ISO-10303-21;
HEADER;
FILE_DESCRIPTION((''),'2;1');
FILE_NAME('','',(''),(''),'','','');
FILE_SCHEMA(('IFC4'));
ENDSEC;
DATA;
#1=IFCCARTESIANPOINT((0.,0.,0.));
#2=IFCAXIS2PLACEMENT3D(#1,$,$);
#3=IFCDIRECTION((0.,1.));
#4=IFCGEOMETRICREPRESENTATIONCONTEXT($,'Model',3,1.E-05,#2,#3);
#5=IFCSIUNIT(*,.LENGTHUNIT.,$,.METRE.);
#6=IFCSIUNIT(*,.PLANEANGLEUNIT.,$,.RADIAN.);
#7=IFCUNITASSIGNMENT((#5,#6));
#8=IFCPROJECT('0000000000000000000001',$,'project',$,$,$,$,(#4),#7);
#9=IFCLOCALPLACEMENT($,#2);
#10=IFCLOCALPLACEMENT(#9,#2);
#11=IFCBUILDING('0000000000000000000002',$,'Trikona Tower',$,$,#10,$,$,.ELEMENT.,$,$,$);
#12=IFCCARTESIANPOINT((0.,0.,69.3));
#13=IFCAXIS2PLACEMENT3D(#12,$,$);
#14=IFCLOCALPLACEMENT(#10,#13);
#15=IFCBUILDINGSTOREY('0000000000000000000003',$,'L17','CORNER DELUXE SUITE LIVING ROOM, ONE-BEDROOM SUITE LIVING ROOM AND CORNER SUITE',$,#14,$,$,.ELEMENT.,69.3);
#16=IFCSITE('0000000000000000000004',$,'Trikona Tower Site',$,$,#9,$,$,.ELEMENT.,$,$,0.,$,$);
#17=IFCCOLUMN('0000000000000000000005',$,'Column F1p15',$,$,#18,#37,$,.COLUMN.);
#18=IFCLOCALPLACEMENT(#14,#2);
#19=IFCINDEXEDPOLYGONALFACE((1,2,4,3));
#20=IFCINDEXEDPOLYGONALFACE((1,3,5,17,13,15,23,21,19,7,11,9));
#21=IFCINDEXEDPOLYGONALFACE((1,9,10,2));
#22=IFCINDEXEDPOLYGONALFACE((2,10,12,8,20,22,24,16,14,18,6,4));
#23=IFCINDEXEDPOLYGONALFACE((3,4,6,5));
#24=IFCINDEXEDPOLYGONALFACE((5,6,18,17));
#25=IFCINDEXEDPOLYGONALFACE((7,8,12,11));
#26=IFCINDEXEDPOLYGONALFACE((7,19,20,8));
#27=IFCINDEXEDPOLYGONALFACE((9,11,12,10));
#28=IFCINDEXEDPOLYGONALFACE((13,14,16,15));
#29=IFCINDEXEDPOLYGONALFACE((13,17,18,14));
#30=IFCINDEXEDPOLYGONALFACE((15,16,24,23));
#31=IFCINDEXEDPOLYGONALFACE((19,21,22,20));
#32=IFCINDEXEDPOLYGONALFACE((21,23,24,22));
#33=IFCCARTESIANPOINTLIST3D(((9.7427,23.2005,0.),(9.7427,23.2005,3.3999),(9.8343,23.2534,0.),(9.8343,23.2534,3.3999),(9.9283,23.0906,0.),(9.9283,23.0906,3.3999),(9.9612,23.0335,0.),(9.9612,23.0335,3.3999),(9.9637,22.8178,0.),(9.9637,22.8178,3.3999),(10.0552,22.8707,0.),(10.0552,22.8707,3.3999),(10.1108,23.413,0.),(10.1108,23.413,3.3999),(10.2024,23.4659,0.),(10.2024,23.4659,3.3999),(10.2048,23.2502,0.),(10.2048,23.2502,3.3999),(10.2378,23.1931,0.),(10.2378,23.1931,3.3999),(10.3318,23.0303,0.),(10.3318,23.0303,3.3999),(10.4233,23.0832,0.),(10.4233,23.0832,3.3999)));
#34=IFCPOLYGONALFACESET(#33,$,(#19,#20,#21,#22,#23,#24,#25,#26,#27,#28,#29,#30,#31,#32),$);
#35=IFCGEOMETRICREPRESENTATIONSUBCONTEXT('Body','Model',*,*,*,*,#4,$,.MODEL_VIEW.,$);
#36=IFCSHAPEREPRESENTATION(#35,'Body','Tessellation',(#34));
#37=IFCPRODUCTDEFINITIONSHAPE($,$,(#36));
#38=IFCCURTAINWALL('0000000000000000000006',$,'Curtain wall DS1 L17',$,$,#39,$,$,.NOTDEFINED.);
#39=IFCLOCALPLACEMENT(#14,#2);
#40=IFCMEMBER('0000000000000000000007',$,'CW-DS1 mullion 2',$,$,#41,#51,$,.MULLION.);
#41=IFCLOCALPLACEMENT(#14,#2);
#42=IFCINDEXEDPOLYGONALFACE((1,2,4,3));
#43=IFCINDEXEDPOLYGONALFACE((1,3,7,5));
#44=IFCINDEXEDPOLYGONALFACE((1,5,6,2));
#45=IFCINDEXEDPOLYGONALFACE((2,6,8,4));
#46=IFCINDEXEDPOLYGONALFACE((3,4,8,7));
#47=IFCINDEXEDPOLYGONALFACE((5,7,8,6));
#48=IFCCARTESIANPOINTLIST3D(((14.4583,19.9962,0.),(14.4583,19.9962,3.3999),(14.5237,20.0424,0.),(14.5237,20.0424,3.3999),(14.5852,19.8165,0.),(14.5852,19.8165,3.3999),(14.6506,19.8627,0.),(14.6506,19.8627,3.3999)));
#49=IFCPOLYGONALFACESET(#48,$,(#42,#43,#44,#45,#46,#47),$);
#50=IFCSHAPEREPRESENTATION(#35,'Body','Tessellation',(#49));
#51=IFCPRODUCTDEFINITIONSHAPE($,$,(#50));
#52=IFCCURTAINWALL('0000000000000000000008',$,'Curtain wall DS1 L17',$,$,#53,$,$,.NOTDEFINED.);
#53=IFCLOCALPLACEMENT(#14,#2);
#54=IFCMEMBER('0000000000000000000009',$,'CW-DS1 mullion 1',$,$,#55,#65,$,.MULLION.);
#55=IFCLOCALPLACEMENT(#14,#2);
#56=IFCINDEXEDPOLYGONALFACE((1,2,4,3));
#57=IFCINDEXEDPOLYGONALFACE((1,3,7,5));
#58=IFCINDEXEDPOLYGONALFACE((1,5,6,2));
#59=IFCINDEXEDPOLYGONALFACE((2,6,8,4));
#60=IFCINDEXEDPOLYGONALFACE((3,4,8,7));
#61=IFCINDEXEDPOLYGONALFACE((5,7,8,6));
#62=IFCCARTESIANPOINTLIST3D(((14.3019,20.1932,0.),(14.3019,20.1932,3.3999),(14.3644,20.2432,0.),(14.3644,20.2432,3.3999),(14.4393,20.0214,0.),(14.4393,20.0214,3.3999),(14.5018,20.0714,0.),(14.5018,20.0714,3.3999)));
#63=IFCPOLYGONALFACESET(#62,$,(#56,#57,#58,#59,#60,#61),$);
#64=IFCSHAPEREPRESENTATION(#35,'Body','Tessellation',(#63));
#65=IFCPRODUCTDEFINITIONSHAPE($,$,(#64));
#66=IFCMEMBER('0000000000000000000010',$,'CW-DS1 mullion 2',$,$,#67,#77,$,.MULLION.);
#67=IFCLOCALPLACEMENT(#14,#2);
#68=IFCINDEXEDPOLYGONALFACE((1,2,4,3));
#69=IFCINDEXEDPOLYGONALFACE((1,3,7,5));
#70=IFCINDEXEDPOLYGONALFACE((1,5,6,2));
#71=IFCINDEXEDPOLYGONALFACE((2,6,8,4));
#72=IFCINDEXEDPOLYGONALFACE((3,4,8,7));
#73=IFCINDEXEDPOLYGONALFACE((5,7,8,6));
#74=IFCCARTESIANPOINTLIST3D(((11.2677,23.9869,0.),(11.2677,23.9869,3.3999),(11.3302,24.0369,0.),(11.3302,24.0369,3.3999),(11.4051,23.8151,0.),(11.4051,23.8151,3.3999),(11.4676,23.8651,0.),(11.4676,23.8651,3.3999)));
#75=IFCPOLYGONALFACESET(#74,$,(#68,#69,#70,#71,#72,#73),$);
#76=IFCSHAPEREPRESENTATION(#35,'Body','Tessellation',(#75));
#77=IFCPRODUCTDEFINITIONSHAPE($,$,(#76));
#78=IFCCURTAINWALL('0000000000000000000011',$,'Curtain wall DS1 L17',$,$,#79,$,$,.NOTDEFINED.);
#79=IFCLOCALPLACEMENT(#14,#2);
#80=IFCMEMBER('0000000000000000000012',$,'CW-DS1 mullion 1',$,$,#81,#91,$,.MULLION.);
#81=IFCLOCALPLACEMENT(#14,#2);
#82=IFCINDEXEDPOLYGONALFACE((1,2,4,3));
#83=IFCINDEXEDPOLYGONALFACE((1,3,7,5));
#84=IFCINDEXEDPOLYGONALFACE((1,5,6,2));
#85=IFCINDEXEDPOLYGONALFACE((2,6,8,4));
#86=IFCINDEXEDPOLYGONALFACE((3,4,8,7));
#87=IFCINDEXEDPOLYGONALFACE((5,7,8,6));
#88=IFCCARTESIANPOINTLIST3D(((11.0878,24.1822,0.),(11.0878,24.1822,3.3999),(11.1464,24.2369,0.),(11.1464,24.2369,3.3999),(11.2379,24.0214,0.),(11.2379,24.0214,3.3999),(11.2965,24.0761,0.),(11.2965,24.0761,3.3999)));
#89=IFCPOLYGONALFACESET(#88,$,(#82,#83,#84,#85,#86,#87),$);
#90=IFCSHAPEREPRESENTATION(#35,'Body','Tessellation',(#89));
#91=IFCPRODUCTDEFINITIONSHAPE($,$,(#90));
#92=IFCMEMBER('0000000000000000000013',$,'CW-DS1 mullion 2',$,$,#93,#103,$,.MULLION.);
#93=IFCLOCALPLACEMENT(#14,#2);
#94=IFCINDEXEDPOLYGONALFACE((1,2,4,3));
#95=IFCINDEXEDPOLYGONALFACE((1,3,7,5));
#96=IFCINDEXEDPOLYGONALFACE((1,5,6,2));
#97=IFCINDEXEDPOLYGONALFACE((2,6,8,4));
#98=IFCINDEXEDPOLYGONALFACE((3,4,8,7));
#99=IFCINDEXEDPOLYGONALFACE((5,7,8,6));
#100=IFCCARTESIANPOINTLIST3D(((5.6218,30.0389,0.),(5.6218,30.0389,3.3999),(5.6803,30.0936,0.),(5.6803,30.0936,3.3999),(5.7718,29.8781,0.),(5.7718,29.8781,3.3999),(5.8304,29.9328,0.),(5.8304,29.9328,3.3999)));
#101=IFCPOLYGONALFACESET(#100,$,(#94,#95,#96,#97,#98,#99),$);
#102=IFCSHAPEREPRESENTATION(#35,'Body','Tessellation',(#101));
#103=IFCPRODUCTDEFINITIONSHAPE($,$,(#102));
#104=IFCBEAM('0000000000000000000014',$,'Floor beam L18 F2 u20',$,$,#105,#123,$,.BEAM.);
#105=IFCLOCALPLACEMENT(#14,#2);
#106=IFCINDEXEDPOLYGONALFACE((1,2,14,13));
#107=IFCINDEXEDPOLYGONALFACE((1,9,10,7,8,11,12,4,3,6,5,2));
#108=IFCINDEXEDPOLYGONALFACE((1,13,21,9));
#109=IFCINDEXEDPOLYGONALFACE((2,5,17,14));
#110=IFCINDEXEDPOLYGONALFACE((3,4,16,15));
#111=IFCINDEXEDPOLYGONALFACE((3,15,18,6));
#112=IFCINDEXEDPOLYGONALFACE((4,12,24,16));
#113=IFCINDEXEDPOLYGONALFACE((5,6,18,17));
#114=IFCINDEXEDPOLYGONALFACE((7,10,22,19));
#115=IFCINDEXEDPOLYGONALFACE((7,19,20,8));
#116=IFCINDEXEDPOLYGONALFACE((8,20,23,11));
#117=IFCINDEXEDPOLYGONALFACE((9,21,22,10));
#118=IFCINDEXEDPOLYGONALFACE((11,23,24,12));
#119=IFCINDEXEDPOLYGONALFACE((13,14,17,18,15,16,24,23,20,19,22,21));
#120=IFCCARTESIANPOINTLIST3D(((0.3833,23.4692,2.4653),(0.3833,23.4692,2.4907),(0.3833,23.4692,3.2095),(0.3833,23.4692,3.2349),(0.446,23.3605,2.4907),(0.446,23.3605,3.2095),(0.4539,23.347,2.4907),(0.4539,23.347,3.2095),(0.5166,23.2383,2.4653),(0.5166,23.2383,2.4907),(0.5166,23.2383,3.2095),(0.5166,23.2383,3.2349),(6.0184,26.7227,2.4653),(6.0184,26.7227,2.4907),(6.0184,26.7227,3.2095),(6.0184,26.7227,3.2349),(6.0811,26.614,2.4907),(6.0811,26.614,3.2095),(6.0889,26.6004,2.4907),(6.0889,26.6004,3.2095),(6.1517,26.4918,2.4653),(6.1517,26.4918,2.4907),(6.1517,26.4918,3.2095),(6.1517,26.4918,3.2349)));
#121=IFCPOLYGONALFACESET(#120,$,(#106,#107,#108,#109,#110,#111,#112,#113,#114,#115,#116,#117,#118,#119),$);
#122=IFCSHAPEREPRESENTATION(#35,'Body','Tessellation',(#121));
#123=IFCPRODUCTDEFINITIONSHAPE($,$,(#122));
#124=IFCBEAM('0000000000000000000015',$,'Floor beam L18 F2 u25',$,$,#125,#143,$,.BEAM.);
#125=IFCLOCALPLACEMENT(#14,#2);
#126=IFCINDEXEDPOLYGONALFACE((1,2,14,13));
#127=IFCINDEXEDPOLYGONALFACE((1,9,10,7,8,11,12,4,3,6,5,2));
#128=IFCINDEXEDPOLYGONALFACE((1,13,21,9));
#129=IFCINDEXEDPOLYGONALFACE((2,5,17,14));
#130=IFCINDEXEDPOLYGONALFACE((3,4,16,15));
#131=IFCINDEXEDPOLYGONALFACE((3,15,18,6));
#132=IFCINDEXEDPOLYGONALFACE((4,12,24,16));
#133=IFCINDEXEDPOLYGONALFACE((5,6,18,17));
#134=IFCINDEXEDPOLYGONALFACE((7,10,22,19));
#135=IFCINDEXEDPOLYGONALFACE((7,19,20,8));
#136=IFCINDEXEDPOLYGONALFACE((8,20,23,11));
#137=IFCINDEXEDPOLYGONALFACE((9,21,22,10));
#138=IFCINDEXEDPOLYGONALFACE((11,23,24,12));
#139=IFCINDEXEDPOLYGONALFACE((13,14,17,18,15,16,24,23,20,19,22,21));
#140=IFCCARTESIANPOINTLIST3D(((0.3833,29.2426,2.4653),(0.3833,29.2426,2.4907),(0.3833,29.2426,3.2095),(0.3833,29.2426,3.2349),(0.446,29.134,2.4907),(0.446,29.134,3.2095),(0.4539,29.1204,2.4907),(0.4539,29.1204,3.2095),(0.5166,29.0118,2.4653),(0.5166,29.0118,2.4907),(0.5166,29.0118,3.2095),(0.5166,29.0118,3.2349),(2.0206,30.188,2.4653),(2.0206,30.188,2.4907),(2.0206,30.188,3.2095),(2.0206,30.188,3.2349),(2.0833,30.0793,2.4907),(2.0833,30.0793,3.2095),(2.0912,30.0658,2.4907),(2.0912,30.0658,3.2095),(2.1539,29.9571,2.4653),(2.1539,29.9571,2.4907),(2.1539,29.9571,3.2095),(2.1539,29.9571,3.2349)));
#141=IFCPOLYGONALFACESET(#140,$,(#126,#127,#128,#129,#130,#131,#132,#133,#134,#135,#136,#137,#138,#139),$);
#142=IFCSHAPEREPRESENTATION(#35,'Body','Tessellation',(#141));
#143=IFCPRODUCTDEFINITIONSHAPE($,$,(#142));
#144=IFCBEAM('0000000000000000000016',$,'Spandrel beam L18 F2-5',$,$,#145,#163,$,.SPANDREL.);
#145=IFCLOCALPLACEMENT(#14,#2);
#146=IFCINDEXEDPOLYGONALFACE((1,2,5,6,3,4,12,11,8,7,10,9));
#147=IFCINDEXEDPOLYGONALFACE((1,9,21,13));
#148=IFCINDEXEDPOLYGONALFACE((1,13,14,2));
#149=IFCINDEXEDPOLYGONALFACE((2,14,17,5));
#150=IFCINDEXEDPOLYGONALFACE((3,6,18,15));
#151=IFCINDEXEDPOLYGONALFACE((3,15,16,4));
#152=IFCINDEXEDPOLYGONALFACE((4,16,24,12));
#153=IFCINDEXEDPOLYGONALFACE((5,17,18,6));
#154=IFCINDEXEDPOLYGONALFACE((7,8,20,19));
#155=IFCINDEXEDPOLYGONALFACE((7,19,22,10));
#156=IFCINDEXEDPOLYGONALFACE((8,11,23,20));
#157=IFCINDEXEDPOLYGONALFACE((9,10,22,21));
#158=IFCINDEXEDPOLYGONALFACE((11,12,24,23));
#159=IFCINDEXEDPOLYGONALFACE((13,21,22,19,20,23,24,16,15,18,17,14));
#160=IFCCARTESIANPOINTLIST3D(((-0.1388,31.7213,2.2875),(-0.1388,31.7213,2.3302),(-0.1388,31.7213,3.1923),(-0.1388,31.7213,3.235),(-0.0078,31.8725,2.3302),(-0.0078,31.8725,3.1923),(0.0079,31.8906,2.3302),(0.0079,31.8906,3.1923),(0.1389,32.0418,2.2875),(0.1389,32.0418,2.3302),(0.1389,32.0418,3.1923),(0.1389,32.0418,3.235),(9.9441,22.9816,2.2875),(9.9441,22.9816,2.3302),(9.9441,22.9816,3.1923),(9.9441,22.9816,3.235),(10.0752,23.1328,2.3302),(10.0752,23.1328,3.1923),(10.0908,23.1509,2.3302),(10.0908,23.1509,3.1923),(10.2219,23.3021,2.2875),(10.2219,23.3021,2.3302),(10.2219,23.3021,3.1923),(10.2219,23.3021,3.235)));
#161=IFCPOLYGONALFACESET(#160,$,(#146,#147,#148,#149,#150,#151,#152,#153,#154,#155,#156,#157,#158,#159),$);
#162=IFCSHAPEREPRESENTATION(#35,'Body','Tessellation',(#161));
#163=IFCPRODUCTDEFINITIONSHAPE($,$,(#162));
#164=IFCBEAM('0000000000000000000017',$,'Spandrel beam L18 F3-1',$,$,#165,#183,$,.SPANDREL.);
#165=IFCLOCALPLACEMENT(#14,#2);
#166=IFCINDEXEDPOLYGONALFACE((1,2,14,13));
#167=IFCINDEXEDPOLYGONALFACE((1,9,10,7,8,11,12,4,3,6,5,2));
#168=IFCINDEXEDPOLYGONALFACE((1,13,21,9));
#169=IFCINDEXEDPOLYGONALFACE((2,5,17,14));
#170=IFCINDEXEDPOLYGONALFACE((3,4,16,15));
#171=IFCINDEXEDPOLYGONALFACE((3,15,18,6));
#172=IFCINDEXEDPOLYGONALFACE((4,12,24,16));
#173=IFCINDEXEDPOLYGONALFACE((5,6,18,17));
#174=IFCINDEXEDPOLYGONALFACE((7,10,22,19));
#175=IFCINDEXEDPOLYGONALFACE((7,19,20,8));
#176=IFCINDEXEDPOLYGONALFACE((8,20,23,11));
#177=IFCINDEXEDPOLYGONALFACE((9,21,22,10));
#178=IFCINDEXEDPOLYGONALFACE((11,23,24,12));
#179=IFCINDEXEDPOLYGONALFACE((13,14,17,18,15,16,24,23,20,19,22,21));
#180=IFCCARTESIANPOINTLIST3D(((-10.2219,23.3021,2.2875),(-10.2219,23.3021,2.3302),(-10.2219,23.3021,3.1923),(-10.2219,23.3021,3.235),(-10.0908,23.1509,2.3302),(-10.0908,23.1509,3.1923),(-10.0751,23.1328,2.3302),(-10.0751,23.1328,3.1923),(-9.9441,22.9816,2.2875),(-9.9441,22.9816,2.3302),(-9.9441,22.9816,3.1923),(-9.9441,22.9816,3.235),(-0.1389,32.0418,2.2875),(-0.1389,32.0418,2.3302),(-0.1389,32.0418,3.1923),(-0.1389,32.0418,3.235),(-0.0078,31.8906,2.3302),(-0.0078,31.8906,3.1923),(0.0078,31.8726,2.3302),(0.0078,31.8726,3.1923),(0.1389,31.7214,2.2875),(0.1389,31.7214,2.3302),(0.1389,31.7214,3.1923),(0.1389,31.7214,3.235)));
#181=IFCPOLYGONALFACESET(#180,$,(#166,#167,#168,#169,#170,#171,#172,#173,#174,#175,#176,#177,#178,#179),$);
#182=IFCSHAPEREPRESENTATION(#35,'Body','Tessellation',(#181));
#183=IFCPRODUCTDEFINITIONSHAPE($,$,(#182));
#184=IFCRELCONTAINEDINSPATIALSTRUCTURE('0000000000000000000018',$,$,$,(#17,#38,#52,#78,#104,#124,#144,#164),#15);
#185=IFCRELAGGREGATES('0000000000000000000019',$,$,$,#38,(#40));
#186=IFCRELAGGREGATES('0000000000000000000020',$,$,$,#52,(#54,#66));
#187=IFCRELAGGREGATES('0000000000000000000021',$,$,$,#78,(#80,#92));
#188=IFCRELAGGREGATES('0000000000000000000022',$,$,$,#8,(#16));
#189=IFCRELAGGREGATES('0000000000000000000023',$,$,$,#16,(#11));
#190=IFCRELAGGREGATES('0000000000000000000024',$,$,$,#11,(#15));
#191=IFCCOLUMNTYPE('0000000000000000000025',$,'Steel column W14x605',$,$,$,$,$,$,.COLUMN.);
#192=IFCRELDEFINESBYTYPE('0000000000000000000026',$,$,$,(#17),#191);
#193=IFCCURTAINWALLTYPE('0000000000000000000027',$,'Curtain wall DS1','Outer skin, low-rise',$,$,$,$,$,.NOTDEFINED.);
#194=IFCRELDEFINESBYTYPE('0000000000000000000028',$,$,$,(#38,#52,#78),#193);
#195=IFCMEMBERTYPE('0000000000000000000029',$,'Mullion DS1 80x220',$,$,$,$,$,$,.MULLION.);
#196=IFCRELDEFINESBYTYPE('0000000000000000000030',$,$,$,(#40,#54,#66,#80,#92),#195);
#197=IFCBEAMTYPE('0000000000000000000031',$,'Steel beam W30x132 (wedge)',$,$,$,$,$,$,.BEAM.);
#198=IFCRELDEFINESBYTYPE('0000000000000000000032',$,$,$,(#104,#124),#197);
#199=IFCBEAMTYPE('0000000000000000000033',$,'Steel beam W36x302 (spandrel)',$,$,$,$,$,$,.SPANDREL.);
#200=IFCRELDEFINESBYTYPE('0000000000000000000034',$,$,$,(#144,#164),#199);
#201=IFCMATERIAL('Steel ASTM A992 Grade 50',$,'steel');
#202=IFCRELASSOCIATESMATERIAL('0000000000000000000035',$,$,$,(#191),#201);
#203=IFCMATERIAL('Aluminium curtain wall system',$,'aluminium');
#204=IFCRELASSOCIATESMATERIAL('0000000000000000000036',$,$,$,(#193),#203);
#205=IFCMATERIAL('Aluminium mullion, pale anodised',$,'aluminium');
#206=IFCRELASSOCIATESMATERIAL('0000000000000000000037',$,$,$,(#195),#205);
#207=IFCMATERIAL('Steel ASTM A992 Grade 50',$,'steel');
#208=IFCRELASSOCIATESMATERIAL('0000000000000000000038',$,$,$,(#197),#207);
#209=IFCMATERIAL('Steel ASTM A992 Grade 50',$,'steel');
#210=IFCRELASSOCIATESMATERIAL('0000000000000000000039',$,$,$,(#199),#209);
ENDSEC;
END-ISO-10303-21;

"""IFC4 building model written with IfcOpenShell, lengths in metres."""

from ifc_helpers import new_model, si_unit, direction, frame, origin, origin_2d, place, context, subcontext, project, spatial, rectangle, i_section, extrude, material, material_profile, profile_set, type_object, element, aggregate, save


model = new_model("IFC4")

# Units and contexts
model_context = context("Model", 3, precision=1e-05, world=origin(), true_north=direction((0.0, 1.0)))
body_context = subcontext(model_context, "Body", "Model", "MODEL_VIEW")
ifc_project = project(units=[si_unit("LENGTHUNIT", "METRE"), si_unit("PLANEANGLEUNIT", "RADIAN")], contexts=[model_context])

# Site, building, storey
site_placement = place(None, origin())
site = spatial("IfcSite", under=ifc_project, at=site_placement, Name="Trikona Tower Site", CompositionType="ELEMENT", RefElevation=0.0)
building_placement = place(site_placement, origin())
building = spatial("IfcBuilding", under=site, at=building_placement, Name="Trikona Tower", CompositionType="ELEMENT")
storey_placement = place(building_placement, frame((0.0, 0.0, 69.3)))
storey = spatial("IfcBuildingStorey", under=building, at=storey_placement, Name="L17", Description="CORNER DELUXE SUITE LIVING ROOM, ONE-BEDROOM SUITE LIVING ROOM AND CORNER SUITE", CompositionType="ELEMENT", Elevation=69.3)

# Column
ifc_material_1 = material(Name="Steel ASTM A992 Grade 50", Category="steel")
ifc_material_profile_1 = material_profile(ifc_material_1, i_section(OverallWidth=0.4419, OverallDepth=0.5308, WebThickness=0.0659, FlangeThickness=0.1057, at=origin_2d()), Name="W14X605")
ifc_profile_set_1 = profile_set([ifc_material_profile_1], Name="Steel ASTM A992 Grade 50")
column_type = type_object("IfcColumnType", Name="Steel column W14x605", PredefinedType="COLUMN", material=ifc_profile_set_1)
column_placement = place(storey_placement, frame((10.083, 23.1418, 0.0), z_axis=(0.0, 0.0, 1.0), x_axis=(-0.5, 0.866025, 0.0)))
element("IfcColumn", 1, at=column_placement, inside=storey, type_object=column_type, Name="Column F1p15", PredefinedType="COLUMN", context=body_context, shape_type="SweptSolid", body=[
    extrude(i_section(OverallWidth=0.4419, OverallDepth=0.5308, WebThickness=0.0659, FlangeThickness=0.1057, at=origin_2d()), origin(), (0.0, 0.0, 1.0), 3.3999),
])

# Curtain wall, member
ifc_material_2 = material(Name="Aluminium curtain wall system", Category="aluminium")
curtain_wall_type = type_object("IfcCurtainWallType", Name="Curtain wall DS1", Description="Outer skin, low-rise", PredefinedType="NOTDEFINED", material=ifc_material_2)
curtain_wall_1_placement = place(storey_placement, origin())
curtain_wall_1 = element("IfcCurtainWall", 2, at=curtain_wall_1_placement, inside=storey, type_object=curtain_wall_type, Name="Curtain wall DS1 L17", PredefinedType="NOTDEFINED")
ifc_material_3 = material(Name="Aluminium mullion, pale anodised", Category="aluminium")
ifc_material_profile_2 = material_profile(ifc_material_3, rectangle(XDim=0.0801, YDim=0.22, at=origin_2d()), Name="MUL-DS1")
ifc_profile_set_2 = profile_set([ifc_material_profile_2], Name="Aluminium mullion, pale anodised")
member_type_1 = type_object("IfcMemberType", Name="Mullion DS1 80x220", PredefinedType="MULLION", material=ifc_profile_set_2)
member_1_placement = place(storey_placement, frame((14.5544, 19.9294, 0.0), z_axis=(0.0, 0.0, 1.0), x_axis=(-0.816985, -0.576658, 0.0)))
member_1 = element("IfcMember", 3, at=member_1_placement, type_object=member_type_1, Name="CW-DS1 mullion 2", PredefinedType="MULLION", context=body_context, shape_type="SweptSolid", body=[
    extrude(rectangle(XDim=0.0801, YDim=0.22, at=origin_2d()), origin(), (0.0, 0.0, 1.0), 3.3999),
])
aggregate(curtain_wall_1, [member_1])

# Curtain walls, members
curtain_wall_2_placement = place(storey_placement, origin())
curtain_wall_2 = element("IfcCurtainWall", 4, at=curtain_wall_2_placement, inside=storey, type_object=curtain_wall_type, Name="Curtain wall DS1 L17", PredefinedType="NOTDEFINED")
member_2_placement = place(storey_placement, frame((14.4019, 20.1323, 0.0), z_axis=(0.0, 0.0, 1.0), x_axis=(-0.780938, -0.624609, 0.0)))
member_2 = element("IfcMember", 5, at=member_2_placement, type_object=member_type_1, Name="CW-DS1 mullion 1", PredefinedType="MULLION", context=body_context, shape_type="SweptSolid", body=[
    extrude(rectangle(XDim=0.0801, YDim=0.22, at=origin_2d()), origin(), (0.0, 0.0, 1.0), 3.3999),
])
member_3_placement = place(storey_placement, frame((11.3677, 23.926, 0.0), z_axis=(0.0, 0.0, 1.0), x_axis=(-0.780938, -0.624609, 0.0)))
member_3 = element("IfcMember", 6, at=member_3_placement, type_object=member_type_1, Name="CW-DS1 mullion 2", PredefinedType="MULLION", context=body_context, shape_type="SweptSolid", body=[
    extrude(rectangle(XDim=0.0801, YDim=0.22, at=origin_2d()), origin(), (0.0, 0.0, 1.0), 3.3999),
])
curtain_wall_3_placement = place(storey_placement, origin())
curtain_wall_3 = element("IfcCurtainWall", 7, at=curtain_wall_3_placement, inside=storey, type_object=curtain_wall_type, Name="Curtain wall DS1 L17", PredefinedType="NOTDEFINED")
member_4_placement = place(storey_placement, frame((11.1921, 24.1292, 0.0), z_axis=(0.0, 0.0, 1.0), x_axis=(-0.731077, -0.682295, 0.0)))
member_4 = element("IfcMember", 8, at=member_4_placement, type_object=member_type_1, Name="CW-DS1 mullion 1", PredefinedType="MULLION", context=body_context, shape_type="SweptSolid", body=[
    extrude(rectangle(XDim=0.0801, YDim=0.22, at=origin_2d()), origin(), (0.0, 0.0, 1.0), 3.3999),
])
member_5_placement = place(storey_placement, frame((5.7261, 29.9858, 0.0), z_axis=(0.0, 0.0, 1.0), x_axis=(-0.731077, -0.682295, 0.0)))
member_5 = element("IfcMember", 9, at=member_5_placement, type_object=member_type_1, Name="CW-DS1 mullion 2", PredefinedType="MULLION", context=body_context, shape_type="SweptSolid", body=[
    extrude(rectangle(XDim=0.0801, YDim=0.22, at=origin_2d()), origin(), (0.0, 0.0, 1.0), 3.3999),
])

# Beams
ifc_material_4 = material(Name="Steel ASTM A992 Grade 50", Category="steel")
ifc_material_profile_3 = material_profile(ifc_material_4, i_section(OverallWidth=0.2666, OverallDepth=0.7695, WebThickness=0.0156, FlangeThickness=0.0254, at=origin_2d()), Name="W30X132")
ifc_profile_set_3 = profile_set([ifc_material_profile_3], Name="Steel ASTM A992 Grade 50")
beam_type_1 = type_object("IfcBeamType", Name="Steel beam W30x132 (wedge)", PredefinedType="BEAM", material=ifc_profile_set_3)
beam_1_placement = place(storey_placement, frame((0.45, 23.3538, 2.8501), z_axis=(0.866023, 0.500005, 0.0), x_axis=(-0.500005, 0.866023, 0.0)))
element("IfcBeam", 10, at=beam_1_placement, inside=storey, type_object=beam_type_1, Name="Floor beam L18 F2 u20", PredefinedType="BEAM", context=body_context, shape_type="SweptSolid", body=[
    extrude(i_section(OverallWidth=0.2666, OverallDepth=0.7695, WebThickness=0.0156, FlangeThickness=0.0254, at=origin_2d()), origin(), (0.0, 0.0, 1.0), 6.5068),
])
beam_2_placement = place(storey_placement, frame((0.45, 29.1272, 2.8501), z_axis=(0.866009, 0.500028, 0.0), x_axis=(-0.500028, 0.866009, 0.0)))
element("IfcBeam", 11, at=beam_2_placement, inside=storey, type_object=beam_type_1, Name="Floor beam L18 F2 u25", PredefinedType="BEAM", context=body_context, shape_type="SweptSolid", body=[
    extrude(i_section(OverallWidth=0.2666, OverallDepth=0.7695, WebThickness=0.0156, FlangeThickness=0.0254, at=origin_2d()), origin(), (0.0, 0.0, 1.0), 1.8906),
])
ifc_material_5 = material(Name="Steel ASTM A992 Grade 50", Category="steel")
ifc_material_profile_4 = material_profile(ifc_material_5, i_section(OverallWidth=0.4241, OverallDepth=0.9475, WebThickness=0.0239, FlangeThickness=0.0427, at=origin_2d()), Name="W36X302")
ifc_profile_set_4 = profile_set([ifc_material_profile_4], Name="Steel ASTM A992 Grade 50")
beam_type_2 = type_object("IfcBeamType", Name="Steel beam W36x302 (spandrel)", PredefinedType="SPANDREL", material=ifc_profile_set_4)
for number, where, z_axis, x_axis, name in (
    (12, (10.083, 23.1418, 2.7612), (-0.755647, 0.654979, 0.0), (-0.654979, -0.755647, 0.0), "Spandrel beam L18 F2-5"),
    (13, (0.0, 31.8816, 2.7612), (-0.755647, -0.654979, 0.0), (0.654979, -0.755647, 0.0), "Spandrel beam L18 F3-1"),
):
    element("IfcBeam", number, at=place(storey_placement, frame(where, z_axis=z_axis, x_axis=x_axis)), inside=storey, type_object=beam_type_2, Name=name, PredefinedType="SPANDREL", context=body_context, shape_type="SweptSolid", body=[
        extrude(i_section(OverallWidth=0.4241, OverallDepth=0.9475, WebThickness=0.0239, FlangeThickness=0.0427, at=origin_2d()), origin(), (0.0, 0.0, 1.0), 13.3435),
    ])

aggregate(curtain_wall_2, [member_2, member_3])
aggregate(curtain_wall_3, [member_4, member_5])

save(model, "model.ifc")
